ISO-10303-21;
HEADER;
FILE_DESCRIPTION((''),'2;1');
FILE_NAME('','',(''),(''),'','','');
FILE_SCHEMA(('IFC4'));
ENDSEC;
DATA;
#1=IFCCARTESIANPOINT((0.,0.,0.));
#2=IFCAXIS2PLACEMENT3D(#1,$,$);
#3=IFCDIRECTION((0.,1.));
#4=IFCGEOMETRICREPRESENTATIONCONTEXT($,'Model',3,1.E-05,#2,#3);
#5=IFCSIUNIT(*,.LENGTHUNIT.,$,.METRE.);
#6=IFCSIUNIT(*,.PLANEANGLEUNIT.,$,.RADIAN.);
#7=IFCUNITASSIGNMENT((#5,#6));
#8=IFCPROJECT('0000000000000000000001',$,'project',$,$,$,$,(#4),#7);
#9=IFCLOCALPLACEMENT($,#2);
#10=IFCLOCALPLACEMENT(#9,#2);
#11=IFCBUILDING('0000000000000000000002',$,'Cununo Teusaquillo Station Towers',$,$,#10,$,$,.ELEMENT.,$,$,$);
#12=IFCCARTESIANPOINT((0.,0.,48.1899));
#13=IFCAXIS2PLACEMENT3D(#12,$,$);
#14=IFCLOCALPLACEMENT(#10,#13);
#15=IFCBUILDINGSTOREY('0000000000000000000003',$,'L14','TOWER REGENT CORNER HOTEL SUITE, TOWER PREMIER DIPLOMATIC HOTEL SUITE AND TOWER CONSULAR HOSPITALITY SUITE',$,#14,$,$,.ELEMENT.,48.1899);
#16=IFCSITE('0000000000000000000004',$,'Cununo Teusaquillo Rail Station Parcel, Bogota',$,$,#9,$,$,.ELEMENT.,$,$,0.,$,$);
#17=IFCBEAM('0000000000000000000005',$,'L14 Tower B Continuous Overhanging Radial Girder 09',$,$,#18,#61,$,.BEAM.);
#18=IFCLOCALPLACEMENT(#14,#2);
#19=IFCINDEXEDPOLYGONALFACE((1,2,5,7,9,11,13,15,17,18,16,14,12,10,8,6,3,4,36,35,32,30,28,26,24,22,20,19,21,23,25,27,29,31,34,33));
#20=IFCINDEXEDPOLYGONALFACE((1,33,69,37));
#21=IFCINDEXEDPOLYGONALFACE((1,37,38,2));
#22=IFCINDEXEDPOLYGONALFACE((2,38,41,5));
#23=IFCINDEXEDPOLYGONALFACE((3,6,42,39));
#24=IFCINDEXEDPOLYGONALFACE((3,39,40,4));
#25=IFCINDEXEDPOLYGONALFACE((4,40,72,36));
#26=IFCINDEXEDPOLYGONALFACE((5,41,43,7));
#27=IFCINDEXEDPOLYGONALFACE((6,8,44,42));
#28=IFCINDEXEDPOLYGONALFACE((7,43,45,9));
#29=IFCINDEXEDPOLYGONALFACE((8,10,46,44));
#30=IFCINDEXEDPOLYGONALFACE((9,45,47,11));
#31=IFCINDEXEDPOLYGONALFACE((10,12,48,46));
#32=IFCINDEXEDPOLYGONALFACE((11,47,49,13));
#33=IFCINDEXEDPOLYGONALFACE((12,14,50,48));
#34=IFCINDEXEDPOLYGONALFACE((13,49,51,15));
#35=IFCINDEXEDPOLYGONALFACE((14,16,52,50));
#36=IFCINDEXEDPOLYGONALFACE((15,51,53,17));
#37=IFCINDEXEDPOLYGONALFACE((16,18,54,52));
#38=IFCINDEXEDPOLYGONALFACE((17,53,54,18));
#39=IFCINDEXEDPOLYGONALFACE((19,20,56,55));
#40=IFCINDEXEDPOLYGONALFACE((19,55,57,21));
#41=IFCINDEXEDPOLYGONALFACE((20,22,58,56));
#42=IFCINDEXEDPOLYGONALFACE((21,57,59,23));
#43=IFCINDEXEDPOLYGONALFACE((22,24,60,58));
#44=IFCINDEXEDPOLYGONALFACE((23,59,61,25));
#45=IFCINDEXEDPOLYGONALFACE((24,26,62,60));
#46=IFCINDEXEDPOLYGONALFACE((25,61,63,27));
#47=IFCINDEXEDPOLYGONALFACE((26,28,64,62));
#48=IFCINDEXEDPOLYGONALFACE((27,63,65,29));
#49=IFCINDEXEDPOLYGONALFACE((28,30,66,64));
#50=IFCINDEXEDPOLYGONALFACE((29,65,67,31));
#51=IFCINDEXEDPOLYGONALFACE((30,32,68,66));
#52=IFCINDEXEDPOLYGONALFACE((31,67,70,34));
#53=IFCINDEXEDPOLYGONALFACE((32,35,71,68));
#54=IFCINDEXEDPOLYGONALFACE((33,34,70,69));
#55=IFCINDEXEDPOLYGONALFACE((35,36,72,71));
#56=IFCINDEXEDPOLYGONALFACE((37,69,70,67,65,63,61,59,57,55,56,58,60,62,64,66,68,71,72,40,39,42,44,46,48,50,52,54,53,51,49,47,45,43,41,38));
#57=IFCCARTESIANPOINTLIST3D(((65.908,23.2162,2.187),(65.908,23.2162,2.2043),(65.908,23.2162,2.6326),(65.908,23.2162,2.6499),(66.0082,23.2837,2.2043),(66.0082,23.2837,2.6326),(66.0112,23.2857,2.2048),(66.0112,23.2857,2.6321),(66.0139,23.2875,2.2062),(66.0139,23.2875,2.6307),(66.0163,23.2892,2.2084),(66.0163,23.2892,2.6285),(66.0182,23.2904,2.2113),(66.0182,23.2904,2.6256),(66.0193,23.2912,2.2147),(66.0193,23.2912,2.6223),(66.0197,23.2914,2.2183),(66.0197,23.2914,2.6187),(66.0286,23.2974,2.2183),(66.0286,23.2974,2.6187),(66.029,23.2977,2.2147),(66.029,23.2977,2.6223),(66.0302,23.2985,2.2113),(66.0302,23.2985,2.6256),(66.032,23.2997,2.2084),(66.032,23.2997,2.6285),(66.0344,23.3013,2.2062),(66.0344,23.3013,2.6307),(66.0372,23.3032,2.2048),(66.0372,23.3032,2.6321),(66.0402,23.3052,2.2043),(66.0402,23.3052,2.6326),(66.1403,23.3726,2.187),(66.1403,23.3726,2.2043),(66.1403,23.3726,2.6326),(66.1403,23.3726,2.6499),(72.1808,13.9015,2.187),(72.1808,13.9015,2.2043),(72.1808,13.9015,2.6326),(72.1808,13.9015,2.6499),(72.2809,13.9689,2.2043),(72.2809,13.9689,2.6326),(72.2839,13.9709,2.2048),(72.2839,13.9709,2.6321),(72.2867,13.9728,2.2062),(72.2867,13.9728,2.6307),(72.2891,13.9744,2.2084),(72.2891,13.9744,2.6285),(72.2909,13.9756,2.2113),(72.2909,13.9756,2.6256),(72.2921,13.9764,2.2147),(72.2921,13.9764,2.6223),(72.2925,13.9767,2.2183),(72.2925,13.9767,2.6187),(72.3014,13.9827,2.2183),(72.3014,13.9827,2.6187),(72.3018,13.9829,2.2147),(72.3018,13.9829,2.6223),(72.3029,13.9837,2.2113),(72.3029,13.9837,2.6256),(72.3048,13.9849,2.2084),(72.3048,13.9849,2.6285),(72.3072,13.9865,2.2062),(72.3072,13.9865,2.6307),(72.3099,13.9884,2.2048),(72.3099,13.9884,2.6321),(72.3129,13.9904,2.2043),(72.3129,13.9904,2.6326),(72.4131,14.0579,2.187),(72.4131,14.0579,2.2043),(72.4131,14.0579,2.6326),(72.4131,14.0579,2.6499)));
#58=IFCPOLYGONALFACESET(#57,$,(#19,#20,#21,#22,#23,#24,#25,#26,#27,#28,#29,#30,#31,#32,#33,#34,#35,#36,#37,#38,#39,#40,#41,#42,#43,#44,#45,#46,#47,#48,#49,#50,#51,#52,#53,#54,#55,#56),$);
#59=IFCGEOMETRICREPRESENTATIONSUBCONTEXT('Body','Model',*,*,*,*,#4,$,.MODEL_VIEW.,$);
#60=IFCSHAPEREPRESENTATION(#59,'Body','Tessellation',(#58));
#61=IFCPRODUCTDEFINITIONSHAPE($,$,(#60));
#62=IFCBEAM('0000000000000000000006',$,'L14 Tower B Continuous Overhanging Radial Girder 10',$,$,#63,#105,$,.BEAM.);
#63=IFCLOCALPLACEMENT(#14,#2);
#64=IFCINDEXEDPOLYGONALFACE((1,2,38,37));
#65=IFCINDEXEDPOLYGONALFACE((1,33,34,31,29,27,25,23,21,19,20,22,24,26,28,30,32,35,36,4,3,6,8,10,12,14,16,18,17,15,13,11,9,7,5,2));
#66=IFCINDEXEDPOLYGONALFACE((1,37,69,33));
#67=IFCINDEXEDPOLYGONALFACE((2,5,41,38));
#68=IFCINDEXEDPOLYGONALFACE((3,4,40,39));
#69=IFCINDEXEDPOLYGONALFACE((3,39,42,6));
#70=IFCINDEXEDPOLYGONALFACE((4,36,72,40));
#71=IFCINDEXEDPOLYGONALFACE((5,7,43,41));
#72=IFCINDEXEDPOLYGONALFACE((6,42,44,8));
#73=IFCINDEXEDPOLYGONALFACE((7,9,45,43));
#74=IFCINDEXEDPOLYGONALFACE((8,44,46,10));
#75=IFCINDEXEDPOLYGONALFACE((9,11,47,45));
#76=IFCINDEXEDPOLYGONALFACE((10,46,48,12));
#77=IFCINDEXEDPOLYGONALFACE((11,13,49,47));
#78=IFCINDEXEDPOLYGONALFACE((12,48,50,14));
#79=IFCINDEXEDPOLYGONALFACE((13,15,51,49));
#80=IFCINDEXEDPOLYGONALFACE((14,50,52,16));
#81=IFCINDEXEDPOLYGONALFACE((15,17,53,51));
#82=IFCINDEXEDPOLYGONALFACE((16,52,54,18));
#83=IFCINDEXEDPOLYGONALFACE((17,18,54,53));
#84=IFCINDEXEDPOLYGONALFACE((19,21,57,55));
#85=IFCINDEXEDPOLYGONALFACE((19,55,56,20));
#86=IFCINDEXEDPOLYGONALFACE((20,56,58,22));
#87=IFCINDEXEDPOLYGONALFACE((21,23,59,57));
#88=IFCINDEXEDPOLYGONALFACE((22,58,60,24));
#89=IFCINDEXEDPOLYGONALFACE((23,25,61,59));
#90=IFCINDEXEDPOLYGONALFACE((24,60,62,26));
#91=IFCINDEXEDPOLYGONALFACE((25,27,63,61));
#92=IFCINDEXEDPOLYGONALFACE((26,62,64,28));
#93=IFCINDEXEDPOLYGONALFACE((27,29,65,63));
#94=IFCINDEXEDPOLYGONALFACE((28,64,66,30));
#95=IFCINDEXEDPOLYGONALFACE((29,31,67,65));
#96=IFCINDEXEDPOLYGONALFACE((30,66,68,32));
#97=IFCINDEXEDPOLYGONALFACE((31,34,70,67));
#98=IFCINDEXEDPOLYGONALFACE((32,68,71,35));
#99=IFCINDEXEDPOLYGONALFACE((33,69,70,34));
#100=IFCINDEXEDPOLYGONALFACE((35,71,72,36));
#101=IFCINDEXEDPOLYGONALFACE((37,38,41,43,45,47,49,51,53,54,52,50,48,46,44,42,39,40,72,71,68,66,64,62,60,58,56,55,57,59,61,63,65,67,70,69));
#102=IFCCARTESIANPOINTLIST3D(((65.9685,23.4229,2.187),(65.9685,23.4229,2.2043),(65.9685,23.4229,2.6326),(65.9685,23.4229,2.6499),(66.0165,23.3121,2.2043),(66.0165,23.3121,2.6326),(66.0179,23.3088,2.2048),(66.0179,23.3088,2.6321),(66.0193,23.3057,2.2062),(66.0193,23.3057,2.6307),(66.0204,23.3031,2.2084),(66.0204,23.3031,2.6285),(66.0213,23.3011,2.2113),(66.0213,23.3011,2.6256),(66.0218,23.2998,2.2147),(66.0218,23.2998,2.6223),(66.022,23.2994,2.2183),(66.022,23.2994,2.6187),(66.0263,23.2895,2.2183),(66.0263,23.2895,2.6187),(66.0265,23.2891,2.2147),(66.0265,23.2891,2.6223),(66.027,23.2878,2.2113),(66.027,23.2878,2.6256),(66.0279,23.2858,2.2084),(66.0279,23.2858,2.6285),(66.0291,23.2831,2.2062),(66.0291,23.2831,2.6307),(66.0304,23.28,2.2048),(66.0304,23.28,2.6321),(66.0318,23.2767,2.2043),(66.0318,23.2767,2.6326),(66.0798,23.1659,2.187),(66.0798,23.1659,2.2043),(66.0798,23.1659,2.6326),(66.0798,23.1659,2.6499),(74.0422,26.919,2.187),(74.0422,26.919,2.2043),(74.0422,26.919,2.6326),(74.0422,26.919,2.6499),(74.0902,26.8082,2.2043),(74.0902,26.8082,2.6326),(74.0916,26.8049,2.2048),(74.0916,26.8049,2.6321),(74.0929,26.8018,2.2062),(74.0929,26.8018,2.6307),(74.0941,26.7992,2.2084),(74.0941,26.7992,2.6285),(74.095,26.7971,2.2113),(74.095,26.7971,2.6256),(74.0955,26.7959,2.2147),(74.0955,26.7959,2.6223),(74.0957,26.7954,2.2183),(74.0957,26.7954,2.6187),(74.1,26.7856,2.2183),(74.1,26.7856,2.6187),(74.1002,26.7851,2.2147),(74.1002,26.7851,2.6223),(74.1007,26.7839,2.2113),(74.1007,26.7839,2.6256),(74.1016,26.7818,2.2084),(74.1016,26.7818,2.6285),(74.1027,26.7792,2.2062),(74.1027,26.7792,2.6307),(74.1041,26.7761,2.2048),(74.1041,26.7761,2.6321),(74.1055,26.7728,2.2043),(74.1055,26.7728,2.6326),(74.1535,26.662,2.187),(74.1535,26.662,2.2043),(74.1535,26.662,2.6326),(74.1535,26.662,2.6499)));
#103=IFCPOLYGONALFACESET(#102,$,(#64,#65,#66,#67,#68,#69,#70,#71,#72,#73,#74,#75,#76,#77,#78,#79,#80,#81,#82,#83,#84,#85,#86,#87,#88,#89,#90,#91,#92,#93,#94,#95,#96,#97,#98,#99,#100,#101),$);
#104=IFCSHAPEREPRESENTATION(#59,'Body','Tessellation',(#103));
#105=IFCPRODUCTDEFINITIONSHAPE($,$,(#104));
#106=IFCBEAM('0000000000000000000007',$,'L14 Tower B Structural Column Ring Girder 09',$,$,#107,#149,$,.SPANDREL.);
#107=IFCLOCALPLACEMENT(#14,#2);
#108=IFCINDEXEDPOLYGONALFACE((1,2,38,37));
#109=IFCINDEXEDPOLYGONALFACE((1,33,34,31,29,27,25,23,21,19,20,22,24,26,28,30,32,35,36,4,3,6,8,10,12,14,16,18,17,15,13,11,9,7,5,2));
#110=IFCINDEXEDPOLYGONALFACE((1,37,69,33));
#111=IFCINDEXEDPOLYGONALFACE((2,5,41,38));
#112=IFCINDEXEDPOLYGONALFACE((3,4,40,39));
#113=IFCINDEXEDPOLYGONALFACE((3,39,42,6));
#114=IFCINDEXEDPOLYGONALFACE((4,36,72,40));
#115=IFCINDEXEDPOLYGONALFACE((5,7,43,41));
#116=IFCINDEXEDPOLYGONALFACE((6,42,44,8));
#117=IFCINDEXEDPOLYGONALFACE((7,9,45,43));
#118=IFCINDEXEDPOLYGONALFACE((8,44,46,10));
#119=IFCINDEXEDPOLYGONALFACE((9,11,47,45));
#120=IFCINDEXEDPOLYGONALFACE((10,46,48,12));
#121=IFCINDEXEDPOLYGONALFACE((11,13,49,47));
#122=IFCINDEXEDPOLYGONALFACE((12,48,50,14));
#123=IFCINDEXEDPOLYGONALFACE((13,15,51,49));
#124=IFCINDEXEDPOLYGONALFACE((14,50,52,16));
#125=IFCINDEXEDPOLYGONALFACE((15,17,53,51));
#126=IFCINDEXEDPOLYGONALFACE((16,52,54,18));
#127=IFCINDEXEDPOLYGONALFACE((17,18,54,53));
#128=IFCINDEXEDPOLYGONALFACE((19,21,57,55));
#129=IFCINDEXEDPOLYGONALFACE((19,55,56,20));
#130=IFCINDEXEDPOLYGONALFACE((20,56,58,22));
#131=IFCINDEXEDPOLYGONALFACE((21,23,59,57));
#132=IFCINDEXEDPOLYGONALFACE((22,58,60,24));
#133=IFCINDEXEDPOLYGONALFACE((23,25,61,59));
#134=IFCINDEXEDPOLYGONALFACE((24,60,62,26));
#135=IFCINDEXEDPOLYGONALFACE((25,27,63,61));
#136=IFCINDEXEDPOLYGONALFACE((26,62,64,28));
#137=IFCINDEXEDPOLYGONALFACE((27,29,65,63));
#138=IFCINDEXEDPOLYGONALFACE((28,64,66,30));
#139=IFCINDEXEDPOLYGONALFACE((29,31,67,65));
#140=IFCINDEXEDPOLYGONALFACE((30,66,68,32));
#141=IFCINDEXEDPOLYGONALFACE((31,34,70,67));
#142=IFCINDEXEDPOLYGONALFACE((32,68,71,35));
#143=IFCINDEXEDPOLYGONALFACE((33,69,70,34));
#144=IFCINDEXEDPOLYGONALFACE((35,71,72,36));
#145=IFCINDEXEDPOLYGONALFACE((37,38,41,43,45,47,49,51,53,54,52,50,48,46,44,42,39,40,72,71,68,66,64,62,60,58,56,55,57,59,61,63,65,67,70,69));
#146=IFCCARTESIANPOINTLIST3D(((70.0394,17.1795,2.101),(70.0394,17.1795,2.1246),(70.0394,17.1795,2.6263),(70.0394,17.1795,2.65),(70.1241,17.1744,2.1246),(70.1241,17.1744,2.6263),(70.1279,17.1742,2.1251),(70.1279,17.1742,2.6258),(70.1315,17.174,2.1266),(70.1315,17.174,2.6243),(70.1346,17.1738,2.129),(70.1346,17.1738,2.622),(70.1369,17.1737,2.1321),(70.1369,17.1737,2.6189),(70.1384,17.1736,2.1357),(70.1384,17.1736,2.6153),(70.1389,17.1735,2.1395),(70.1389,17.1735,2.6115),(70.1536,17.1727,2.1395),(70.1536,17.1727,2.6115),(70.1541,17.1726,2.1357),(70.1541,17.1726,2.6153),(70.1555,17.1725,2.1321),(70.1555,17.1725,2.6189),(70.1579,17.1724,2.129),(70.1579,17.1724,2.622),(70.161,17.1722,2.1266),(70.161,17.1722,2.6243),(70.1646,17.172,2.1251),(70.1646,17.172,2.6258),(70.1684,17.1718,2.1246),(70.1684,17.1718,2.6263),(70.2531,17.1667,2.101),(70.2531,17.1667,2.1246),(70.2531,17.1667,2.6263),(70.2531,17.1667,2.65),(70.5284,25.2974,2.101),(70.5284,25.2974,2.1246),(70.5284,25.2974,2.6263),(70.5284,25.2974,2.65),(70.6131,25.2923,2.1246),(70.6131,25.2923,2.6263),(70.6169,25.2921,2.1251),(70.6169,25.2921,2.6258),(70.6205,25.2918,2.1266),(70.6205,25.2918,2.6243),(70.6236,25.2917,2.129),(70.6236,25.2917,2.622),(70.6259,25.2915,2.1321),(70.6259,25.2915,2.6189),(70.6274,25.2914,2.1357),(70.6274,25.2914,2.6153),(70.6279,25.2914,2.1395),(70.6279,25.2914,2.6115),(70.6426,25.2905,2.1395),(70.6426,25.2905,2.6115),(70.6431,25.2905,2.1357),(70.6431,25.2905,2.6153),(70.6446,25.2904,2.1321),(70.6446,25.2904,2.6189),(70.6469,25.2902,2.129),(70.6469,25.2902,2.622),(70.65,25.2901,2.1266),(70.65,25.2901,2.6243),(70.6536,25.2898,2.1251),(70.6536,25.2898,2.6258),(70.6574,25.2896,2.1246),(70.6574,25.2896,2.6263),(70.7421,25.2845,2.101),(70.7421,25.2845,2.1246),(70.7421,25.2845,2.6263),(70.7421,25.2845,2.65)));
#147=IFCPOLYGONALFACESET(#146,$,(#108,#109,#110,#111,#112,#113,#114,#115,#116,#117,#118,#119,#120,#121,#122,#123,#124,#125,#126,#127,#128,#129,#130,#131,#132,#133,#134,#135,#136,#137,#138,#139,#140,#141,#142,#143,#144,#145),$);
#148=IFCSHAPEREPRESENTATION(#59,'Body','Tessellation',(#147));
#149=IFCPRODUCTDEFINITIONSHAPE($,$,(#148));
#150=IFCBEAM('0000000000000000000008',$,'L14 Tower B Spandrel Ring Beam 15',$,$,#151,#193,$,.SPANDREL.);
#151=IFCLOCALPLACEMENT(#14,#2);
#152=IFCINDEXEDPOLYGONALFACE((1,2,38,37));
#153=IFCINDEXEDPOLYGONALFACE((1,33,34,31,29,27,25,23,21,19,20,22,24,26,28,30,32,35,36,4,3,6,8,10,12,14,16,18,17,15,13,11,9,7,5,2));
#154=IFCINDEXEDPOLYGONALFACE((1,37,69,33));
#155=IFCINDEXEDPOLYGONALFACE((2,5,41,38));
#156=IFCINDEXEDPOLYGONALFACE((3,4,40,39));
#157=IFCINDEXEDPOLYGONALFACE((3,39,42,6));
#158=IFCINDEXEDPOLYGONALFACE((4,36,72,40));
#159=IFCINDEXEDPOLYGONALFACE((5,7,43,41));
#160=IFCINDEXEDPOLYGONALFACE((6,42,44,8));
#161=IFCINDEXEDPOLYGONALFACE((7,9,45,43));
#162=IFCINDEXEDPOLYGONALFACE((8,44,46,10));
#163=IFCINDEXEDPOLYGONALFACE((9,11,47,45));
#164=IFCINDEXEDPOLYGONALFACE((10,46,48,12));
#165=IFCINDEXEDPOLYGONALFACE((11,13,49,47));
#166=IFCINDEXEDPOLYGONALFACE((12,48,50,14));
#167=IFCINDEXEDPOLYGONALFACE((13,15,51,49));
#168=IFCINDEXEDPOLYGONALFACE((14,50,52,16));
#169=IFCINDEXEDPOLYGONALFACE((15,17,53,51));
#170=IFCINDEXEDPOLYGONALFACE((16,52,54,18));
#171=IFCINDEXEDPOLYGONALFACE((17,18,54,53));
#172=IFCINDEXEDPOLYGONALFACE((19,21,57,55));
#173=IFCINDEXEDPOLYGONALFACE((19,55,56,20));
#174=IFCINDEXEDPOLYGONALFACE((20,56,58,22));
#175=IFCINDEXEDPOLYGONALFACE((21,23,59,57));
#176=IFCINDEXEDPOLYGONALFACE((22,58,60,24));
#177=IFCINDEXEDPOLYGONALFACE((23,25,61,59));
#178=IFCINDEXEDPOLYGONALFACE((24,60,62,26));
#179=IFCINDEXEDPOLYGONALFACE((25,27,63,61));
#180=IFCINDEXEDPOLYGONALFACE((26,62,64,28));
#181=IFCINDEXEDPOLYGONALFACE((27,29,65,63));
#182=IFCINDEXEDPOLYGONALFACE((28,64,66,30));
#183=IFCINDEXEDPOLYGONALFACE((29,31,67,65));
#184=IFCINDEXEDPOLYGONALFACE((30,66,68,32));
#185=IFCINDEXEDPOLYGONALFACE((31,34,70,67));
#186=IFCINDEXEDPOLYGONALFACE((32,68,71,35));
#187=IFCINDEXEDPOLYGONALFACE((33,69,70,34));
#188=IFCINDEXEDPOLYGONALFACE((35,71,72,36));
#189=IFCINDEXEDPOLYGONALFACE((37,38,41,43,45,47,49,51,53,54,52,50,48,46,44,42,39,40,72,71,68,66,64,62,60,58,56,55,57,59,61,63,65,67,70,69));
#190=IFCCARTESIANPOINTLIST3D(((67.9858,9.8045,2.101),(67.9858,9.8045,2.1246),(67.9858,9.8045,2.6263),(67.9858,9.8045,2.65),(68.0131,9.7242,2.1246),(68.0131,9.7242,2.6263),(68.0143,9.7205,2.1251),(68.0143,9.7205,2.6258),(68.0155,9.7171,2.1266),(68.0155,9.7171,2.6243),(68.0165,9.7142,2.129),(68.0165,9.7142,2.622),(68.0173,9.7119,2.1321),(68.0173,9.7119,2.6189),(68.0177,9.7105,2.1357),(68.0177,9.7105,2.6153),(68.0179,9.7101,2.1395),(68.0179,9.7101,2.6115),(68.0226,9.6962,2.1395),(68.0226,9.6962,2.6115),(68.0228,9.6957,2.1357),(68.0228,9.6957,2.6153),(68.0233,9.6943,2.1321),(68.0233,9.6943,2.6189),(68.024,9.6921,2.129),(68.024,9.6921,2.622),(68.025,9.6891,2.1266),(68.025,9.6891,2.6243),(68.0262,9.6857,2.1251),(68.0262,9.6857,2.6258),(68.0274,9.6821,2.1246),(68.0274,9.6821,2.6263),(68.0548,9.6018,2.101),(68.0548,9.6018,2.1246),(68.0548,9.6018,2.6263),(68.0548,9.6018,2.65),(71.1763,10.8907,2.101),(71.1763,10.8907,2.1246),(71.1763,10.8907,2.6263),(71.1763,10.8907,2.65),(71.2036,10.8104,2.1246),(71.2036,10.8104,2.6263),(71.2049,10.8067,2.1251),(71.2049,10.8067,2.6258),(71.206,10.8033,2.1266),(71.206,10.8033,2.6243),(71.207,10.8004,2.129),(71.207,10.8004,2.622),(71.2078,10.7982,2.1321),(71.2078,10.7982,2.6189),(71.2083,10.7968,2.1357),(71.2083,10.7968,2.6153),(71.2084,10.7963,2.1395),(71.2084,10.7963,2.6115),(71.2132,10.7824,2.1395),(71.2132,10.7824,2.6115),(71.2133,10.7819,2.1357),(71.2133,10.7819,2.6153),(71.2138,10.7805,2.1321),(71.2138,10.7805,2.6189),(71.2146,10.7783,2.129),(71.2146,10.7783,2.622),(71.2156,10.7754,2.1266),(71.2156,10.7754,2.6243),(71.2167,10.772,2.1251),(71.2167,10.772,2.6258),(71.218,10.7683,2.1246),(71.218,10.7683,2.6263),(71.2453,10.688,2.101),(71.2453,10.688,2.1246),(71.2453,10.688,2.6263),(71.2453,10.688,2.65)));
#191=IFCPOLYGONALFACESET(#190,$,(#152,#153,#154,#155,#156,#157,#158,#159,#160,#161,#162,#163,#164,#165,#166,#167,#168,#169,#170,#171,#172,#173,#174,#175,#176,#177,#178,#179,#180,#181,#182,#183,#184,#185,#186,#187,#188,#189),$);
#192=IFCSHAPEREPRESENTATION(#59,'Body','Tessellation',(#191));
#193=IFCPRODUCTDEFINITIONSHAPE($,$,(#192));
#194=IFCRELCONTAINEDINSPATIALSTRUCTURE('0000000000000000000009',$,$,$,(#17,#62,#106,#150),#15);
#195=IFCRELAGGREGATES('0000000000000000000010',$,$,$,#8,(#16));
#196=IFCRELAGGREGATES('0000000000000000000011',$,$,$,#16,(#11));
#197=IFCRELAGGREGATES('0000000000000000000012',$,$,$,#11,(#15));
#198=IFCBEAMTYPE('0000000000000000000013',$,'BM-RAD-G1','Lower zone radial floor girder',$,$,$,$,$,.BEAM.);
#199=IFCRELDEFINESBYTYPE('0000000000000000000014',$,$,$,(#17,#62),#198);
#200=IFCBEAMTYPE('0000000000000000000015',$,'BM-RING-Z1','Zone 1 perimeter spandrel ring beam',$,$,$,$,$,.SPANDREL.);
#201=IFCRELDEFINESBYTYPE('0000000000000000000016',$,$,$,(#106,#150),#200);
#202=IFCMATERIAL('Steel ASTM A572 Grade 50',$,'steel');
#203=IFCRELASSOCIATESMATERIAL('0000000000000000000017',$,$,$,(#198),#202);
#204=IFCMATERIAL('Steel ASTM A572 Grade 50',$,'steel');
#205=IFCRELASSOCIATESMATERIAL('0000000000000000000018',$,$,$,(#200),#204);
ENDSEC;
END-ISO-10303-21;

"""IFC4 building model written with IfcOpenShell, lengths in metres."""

from ifc_helpers import new_model, si_unit, direction, frame, origin, origin_2d, place, context, subcontext, project, spatial, i_section, extrude, material, material_profile, profile_set, type_object, element, save


model = new_model("IFC4")

# Units and contexts
model_context = context("Model", 3, precision=1e-05, world=origin(), true_north=direction((0.0, 1.0)))
body_context = subcontext(model_context, "Body", "Model", "MODEL_VIEW")
ifc_project = project(units=[si_unit("LENGTHUNIT", "METRE"), si_unit("PLANEANGLEUNIT", "RADIAN")], contexts=[model_context])

# Site, building, storey
site_placement = place(None, origin())
site = spatial("IfcSite", under=ifc_project, at=site_placement, Name="Cununo Teusaquillo Rail Station Parcel, Bogota", CompositionType="ELEMENT", RefElevation=0.0)
building_placement = place(site_placement, origin())
building = spatial("IfcBuilding", under=site, at=building_placement, Name="Cununo Teusaquillo Station Towers", CompositionType="ELEMENT")
storey_placement = place(building_placement, frame((0.0, 0.0, 48.1899)))
storey = spatial("IfcBuildingStorey", under=building, at=storey_placement, Name="L14", Description="TOWER REGENT CORNER HOTEL SUITE, TOWER PREMIER DIPLOMATIC HOTEL SUITE AND TOWER CONSULAR HOSPITALITY SUITE", CompositionType="ELEMENT", Elevation=48.1899)

# Beams
ifc_material_1 = material(Name="Steel ASTM A572 Grade 50", Category="steel")
ifc_material_profile_1 = material_profile(ifc_material_1, i_section(OverallWidth=0.28, OverallDepth=0.4629, WebThickness=0.0107, FlangeThickness=0.0173, FilletRadius=0.0139, at=origin_2d()), Name="W18X76")
ifc_profile_set_1 = profile_set([ifc_material_profile_1], Name="Steel ASTM A572 Grade 50")
beam_type_1 = type_object("IfcBeamType", Name="BM-RAD-G1", Description="Lower zone radial floor girder", PredefinedType="BEAM", material=ifc_profile_set_1)
beam_1_placement = place(storey_placement, frame((66.0242, 23.2944, 2.4185), z_axis=(0.558572, -0.829456, 0.0), x_axis=(0.829456, 0.558572, 0.0)))
element("IfcBeam", 1, at=beam_1_placement, inside=storey, type_object=beam_type_1, Name="L14 Tower B Continuous Overhanging Radial Girder 09", PredefinedType="BEAM", context=body_context, shape_type="SweptSolid", body=[
    extrude(i_section(OverallWidth=0.28, OverallDepth=0.4629, WebThickness=0.0107, FlangeThickness=0.0173, FilletRadius=0.0139, at=origin_2d()), origin(), (0.0, 0.0, 1.0), 11.23),
])
beam_2_placement = place(storey_placement, frame((66.0242, 23.2944, 2.4185), z_axis=(0.91766, 0.397366, 0.0), x_axis=(-0.397366, 0.91766, 0.0)))
element("IfcBeam", 2, at=beam_2_placement, inside=storey, type_object=beam_type_1, Name="L14 Tower B Continuous Overhanging Radial Girder 10", PredefinedType="BEAM", context=body_context, shape_type="SweptSolid", body=[
    extrude(i_section(OverallWidth=0.28, OverallDepth=0.4629, WebThickness=0.0107, FlangeThickness=0.0173, FilletRadius=0.0139, at=origin_2d()), origin(), (0.0, 0.0, 1.0), 8.7981),
])
ifc_material_2 = material(Name="Steel ASTM A572 Grade 50", Category="steel")
ifc_material_profile_2 = material_profile(ifc_material_2, i_section(OverallWidth=0.2141, OverallDepth=0.5491, WebThickness=0.0146, FlangeThickness=0.0237, FilletRadius=0.0149, at=origin_2d()), Name="W21X93")
ifc_profile_set_2 = profile_set([ifc_material_profile_2], Name="Steel ASTM A572 Grade 50")
beam_type_2 = type_object("IfcBeamType", Name="BM-RING-Z1", Description="Zone 1 perimeter spandrel ring beam", PredefinedType="SPANDREL", material=ifc_profile_set_2)
beam_3_placement = place(storey_placement, frame((70.1462, 17.1731, 2.3755), z_axis=(0.06013, 0.998191, 0.0), x_axis=(-0.998191, 0.06013, 0.0)))
element("IfcBeam", 3, at=beam_3_placement, inside=storey, type_object=beam_type_2, Name="L14 Tower B Structural Column Ring Girder 09", PredefinedType="SPANDREL", context=body_context, shape_type="SweptSolid", body=[
    extrude(i_section(OverallWidth=0.2141, OverallDepth=0.5491, WebThickness=0.0146, FlangeThickness=0.0237, FilletRadius=0.0149, at=origin_2d()), origin(), (0.0, 0.0, 1.0), 8.1326),
])
for number, where, z_axis, x_axis, name in (
    (4, (68.0203, 9.7031, 2.3755), (0.946643, 0.322285, 0.0), (-0.322285, 0.946643, 0.0), "L14 Tower B Spandrel Ring Beam 15"),
):
    element("IfcBeam", number, at=place(storey_placement, frame(where, z_axis=z_axis, x_axis=x_axis)), inside=storey, type_object=beam_type_2, Name=name, PredefinedType="SPANDREL", context=body_context, shape_type="SweptSolid", body=[
        extrude(i_section(OverallWidth=0.2141, OverallDepth=0.5491, WebThickness=0.0146, FlangeThickness=0.0237, FilletRadius=0.0149, at=origin_2d()), origin(), (0.0, 0.0, 1.0), 3.3704),
    ])

save(model, "model.ifc")
